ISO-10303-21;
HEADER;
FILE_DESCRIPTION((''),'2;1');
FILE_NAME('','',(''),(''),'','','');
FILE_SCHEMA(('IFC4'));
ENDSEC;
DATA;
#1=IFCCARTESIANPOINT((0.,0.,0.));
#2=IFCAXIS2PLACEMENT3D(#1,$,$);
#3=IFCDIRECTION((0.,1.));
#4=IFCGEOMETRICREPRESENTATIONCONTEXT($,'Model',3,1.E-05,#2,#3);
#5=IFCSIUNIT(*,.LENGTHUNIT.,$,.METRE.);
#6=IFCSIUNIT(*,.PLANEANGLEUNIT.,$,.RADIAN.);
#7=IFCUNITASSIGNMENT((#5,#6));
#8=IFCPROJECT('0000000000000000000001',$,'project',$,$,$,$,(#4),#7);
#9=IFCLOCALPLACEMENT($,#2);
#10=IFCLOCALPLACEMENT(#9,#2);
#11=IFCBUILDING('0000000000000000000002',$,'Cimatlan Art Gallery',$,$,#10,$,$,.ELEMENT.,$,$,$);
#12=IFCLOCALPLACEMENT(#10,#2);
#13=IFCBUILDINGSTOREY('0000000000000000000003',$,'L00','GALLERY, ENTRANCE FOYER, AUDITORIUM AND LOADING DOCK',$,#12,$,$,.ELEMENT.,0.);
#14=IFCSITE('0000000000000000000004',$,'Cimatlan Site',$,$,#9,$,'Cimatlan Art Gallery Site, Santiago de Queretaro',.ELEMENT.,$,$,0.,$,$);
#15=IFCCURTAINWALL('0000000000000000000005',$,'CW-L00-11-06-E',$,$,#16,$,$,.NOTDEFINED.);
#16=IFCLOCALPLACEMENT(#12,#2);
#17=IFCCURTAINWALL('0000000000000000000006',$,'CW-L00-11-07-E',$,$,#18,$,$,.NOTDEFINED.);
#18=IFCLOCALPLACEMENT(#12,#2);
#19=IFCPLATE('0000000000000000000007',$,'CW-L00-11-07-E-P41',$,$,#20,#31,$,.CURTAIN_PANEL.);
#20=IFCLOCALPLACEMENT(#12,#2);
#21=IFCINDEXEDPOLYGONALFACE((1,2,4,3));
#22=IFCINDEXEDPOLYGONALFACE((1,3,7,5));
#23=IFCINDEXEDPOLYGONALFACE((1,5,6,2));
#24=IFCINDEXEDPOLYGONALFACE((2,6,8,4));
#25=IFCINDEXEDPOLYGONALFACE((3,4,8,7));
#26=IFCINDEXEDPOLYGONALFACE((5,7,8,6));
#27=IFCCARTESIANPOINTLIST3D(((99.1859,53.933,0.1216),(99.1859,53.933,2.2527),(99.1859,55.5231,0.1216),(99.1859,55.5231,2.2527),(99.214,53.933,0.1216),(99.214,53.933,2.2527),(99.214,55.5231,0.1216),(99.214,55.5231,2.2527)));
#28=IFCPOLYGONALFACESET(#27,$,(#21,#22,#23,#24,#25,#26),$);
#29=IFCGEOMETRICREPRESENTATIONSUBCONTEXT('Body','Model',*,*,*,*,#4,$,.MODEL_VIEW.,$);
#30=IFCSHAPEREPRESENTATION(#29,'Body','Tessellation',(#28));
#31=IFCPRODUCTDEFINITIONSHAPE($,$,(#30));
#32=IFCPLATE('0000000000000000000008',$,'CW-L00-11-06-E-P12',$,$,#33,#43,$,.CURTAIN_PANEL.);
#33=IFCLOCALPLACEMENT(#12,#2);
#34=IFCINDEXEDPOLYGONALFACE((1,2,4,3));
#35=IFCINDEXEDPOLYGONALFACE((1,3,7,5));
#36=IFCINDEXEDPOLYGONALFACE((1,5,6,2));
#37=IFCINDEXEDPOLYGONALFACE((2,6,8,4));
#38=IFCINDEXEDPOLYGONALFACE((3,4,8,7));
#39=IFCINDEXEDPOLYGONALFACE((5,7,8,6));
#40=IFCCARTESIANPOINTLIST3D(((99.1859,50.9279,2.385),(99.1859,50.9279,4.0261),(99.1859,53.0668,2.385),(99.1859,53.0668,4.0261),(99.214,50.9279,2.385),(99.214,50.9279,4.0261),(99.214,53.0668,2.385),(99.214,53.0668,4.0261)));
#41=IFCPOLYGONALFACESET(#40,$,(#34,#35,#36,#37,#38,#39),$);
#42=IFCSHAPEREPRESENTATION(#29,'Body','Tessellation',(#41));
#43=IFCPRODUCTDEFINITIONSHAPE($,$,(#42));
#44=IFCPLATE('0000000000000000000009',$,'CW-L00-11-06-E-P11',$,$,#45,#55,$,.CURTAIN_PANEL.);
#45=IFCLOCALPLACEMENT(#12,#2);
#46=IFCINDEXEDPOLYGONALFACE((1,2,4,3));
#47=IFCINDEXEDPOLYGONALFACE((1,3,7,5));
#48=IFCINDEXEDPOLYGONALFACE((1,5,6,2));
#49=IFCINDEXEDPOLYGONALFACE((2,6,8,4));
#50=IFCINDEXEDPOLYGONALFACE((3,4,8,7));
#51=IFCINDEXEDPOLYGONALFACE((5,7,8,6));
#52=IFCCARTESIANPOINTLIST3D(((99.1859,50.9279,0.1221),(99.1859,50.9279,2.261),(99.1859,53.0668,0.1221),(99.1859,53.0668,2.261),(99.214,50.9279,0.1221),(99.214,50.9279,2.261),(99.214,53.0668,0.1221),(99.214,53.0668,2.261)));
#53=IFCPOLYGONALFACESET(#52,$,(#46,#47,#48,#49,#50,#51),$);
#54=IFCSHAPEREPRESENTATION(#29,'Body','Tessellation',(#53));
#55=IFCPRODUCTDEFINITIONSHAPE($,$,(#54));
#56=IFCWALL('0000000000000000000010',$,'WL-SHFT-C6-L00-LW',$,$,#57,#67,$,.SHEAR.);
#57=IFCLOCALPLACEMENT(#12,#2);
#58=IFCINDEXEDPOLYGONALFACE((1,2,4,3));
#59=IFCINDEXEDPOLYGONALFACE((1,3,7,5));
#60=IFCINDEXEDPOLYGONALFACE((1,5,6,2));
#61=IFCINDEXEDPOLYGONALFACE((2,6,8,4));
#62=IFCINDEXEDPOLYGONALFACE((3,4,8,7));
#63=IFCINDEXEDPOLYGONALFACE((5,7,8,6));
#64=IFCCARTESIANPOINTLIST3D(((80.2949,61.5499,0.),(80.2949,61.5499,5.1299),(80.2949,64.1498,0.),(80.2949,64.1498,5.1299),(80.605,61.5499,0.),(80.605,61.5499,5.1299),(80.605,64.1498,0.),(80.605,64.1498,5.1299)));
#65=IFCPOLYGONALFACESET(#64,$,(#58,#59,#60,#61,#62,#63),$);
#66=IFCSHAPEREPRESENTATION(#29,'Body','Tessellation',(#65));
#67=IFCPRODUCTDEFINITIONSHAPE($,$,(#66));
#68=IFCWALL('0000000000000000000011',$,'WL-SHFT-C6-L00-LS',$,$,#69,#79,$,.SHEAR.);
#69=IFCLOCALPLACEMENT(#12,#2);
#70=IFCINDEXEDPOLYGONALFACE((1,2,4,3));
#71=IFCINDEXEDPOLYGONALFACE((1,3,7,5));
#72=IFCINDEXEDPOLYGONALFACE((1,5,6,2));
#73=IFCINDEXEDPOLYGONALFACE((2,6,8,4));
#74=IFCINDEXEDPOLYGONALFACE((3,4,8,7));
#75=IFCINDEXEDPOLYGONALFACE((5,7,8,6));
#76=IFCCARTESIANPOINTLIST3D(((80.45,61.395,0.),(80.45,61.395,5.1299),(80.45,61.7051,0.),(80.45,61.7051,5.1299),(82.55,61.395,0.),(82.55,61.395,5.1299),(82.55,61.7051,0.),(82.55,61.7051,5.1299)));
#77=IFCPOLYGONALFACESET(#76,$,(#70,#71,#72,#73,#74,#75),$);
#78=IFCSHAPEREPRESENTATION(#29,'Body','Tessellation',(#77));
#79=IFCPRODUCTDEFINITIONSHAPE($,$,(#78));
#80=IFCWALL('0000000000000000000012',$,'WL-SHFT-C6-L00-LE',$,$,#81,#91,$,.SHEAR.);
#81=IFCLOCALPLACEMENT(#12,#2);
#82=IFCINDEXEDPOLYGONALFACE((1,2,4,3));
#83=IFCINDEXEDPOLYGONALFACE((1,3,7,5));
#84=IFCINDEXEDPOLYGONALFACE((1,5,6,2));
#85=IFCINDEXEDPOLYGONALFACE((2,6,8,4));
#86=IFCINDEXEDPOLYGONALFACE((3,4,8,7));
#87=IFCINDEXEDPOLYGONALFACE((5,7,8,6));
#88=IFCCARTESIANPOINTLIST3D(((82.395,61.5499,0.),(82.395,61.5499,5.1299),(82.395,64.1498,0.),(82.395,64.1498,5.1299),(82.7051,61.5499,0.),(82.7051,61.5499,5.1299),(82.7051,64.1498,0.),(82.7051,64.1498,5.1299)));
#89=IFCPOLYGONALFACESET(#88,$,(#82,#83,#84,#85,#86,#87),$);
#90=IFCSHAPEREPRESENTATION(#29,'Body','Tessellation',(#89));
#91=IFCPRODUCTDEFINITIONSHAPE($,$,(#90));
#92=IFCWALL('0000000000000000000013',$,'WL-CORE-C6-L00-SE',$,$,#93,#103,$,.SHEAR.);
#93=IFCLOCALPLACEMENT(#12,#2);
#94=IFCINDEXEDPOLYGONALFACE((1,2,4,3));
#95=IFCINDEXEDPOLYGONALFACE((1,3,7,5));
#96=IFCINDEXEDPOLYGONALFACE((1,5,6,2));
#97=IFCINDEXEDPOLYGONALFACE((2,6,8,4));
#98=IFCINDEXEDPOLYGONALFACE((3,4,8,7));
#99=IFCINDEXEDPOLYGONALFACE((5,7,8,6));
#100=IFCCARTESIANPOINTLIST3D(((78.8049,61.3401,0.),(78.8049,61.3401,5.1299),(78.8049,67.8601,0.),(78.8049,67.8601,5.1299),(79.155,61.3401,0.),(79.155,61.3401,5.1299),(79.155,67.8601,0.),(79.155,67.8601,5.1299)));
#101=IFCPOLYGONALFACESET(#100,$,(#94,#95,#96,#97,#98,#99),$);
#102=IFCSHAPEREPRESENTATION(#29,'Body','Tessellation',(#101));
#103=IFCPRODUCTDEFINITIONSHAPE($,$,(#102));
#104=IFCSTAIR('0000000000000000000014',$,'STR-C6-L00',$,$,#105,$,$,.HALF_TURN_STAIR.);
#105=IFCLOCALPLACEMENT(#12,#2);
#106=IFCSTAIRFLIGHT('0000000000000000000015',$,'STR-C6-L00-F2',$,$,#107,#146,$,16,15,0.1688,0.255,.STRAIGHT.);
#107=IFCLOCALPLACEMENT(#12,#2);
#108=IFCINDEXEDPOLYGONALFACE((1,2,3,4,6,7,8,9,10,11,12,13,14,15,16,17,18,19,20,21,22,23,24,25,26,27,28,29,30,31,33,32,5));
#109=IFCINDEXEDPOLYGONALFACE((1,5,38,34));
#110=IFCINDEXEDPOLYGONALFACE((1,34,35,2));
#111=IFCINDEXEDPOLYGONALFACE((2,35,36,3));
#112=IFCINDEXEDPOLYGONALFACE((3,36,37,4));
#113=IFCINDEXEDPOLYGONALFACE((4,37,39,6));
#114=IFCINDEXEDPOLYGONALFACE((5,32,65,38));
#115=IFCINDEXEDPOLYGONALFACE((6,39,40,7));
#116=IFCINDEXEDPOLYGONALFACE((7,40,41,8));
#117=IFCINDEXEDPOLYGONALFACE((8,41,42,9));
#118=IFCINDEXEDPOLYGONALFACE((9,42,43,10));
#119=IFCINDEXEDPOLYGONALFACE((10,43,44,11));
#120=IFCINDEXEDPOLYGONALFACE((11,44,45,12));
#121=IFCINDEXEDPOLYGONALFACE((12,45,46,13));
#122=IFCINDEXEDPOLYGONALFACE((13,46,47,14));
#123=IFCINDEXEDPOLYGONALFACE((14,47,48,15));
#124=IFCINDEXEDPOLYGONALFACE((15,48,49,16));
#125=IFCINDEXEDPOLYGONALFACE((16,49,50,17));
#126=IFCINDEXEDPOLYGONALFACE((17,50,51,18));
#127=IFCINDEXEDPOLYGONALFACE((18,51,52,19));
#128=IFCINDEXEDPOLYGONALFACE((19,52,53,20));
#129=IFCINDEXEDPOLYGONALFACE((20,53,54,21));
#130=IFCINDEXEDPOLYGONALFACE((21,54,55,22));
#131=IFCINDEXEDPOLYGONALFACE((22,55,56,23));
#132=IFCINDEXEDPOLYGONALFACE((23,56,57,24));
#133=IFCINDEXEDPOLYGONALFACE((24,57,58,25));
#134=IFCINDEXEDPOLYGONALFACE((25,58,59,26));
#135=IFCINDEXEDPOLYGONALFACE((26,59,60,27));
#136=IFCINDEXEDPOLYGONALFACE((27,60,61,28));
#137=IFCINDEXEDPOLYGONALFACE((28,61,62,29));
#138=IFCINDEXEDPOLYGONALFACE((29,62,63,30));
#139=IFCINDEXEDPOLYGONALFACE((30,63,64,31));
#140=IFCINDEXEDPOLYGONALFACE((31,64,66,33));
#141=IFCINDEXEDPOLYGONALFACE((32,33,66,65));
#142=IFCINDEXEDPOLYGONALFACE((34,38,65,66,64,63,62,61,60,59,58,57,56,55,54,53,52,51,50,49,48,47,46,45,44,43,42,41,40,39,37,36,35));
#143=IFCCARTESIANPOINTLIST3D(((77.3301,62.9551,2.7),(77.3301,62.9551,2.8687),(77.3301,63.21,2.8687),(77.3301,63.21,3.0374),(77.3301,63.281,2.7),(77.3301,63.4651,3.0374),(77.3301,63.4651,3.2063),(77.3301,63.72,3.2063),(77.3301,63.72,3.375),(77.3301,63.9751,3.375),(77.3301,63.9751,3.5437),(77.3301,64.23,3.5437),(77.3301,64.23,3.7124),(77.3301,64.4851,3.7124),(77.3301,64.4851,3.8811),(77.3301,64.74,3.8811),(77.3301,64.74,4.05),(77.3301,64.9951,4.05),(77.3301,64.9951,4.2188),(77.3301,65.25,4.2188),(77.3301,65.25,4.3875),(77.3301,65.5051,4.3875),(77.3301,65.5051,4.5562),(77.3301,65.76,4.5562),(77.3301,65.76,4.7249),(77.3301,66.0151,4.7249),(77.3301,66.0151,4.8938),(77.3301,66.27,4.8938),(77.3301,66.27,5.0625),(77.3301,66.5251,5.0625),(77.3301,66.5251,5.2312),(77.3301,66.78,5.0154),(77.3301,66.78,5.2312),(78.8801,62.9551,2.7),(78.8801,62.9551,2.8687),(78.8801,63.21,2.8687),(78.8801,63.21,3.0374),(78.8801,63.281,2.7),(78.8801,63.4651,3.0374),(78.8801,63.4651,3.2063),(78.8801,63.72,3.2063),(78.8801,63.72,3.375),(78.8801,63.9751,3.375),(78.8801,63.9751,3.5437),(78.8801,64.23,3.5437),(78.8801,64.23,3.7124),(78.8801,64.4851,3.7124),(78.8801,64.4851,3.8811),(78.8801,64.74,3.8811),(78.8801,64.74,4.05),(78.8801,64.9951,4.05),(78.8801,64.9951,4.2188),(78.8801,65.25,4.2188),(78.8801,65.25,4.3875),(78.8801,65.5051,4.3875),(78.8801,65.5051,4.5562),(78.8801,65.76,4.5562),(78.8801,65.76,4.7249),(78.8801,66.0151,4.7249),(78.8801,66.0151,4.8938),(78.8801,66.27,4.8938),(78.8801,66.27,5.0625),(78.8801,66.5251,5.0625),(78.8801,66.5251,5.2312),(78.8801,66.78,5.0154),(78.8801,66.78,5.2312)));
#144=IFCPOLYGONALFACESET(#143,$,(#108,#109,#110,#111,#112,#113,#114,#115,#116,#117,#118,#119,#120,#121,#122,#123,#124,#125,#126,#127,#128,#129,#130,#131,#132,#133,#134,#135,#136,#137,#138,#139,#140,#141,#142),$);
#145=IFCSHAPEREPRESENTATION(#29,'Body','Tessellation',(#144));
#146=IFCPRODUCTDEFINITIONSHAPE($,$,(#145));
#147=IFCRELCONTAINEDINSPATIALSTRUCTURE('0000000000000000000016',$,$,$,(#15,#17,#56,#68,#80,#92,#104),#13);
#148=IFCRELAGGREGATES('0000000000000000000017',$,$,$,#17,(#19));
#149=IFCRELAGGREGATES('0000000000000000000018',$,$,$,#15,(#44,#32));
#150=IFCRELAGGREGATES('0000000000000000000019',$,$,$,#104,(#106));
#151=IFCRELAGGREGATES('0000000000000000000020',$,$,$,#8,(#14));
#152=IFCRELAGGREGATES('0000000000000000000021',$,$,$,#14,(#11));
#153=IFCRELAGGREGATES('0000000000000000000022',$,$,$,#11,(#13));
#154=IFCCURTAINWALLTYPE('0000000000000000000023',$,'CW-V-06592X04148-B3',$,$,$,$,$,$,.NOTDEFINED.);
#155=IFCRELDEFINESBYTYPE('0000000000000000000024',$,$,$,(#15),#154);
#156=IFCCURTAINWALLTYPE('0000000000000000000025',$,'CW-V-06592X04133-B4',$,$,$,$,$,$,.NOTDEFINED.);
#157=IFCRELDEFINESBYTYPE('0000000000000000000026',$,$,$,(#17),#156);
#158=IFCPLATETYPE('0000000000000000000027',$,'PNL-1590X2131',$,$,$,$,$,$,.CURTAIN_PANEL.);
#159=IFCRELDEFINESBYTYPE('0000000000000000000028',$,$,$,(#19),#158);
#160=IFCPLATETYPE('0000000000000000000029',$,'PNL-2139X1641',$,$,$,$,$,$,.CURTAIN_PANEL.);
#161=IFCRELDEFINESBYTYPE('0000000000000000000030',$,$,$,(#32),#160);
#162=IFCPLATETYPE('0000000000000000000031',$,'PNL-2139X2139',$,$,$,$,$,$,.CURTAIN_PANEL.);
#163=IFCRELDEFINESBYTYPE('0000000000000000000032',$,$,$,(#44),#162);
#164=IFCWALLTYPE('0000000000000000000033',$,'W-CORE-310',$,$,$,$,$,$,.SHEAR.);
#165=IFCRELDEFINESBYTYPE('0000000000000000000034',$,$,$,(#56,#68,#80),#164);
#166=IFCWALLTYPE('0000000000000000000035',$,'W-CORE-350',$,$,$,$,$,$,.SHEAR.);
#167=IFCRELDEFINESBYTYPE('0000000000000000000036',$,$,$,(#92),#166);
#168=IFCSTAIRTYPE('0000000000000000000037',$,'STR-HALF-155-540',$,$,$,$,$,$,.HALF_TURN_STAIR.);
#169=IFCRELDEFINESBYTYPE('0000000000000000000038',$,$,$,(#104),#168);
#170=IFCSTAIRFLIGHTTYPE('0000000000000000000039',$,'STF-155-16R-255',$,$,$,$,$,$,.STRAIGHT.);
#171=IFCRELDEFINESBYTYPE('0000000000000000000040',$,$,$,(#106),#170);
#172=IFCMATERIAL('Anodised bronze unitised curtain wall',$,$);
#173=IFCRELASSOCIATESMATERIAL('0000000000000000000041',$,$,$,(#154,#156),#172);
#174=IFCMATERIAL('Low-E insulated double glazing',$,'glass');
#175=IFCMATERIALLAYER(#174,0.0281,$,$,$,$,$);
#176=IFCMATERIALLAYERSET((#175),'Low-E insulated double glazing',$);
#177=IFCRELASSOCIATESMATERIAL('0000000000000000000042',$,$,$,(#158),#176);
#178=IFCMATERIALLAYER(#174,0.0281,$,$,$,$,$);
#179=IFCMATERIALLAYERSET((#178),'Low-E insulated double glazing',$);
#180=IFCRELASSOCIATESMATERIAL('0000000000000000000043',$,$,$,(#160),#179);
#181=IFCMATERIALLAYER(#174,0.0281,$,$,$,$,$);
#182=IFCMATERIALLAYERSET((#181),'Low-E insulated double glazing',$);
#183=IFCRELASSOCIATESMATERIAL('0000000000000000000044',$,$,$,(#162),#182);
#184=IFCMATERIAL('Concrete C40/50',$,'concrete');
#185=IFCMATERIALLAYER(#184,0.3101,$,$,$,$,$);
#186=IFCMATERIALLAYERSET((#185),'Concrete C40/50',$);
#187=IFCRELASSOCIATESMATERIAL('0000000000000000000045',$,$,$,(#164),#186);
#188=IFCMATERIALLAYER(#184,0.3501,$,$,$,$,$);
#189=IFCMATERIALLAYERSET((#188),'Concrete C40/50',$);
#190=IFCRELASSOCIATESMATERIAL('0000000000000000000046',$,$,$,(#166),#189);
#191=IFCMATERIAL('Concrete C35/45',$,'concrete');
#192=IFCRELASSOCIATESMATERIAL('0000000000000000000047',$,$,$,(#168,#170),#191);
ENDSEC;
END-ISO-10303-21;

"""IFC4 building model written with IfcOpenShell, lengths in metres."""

from ifc_helpers import new_model, si_unit, direction, frame, frame_2d, origin, origin_2d, place, context, subcontext, project, spatial, polyline, rectangle, outline, extrude, material, layer, layer_set, type_object, element, aggregate, save


model = new_model("IFC4")

# Units and contexts
model_context = context("Model", 3, precision=1e-05, world=origin(), true_north=direction((0.0, 1.0)))
body_context = subcontext(model_context, "Body", "Model", "MODEL_VIEW")
ifc_project = project(units=[si_unit("LENGTHUNIT", "METRE"), si_unit("PLANEANGLEUNIT", "RADIAN")], contexts=[model_context])

# Site, building, storey
site_placement = place(None, origin())
site = spatial("IfcSite", under=ifc_project, at=site_placement, Name="Cimatlan Site", LongName="Cimatlan Art Gallery Site, Santiago de Queretaro", CompositionType="ELEMENT", RefElevation=0.0)
building_placement = place(site_placement, origin())
building = spatial("IfcBuilding", under=site, at=building_placement, Name="Cimatlan Art Gallery", CompositionType="ELEMENT")
storey_placement = place(building_placement, origin())
storey = spatial("IfcBuildingStorey", under=building, at=storey_placement, Name="L00", Description="GALLERY, ENTRANCE FOYER, AUDITORIUM AND LOADING DOCK", CompositionType="ELEMENT", Elevation=0.0)

# Shared definitions
ifc_material_1 = material(Name="Concrete C40/50", Category="concrete")

# Curtain walls
ifc_material_2 = material(Name="Anodised bronze unitised curtain wall")
curtain_wall_type_1 = type_object("IfcCurtainWallType", Name="CW-V-06592X04148-B3", PredefinedType="NOTDEFINED", material=ifc_material_2)
curtain_wall_1_placement = place(storey_placement, origin())
curtain_wall_1 = element("IfcCurtainWall", 1, at=curtain_wall_1_placement, inside=storey, type_object=curtain_wall_type_1, Name="CW-L00-11-06-E", PredefinedType="NOTDEFINED")
curtain_wall_type_2 = type_object("IfcCurtainWallType", Name="CW-V-06592X04133-B4", PredefinedType="NOTDEFINED", material=ifc_material_2)
curtain_wall_2_placement = place(storey_placement, origin())
curtain_wall_2 = element("IfcCurtainWall", 2, at=curtain_wall_2_placement, inside=storey, type_object=curtain_wall_type_2, Name="CW-L00-11-07-E", PredefinedType="NOTDEFINED")

# Plates
ifc_material_3 = material(Name="Low-E insulated double glazing", Category="glass")
ifc_layer_1 = layer(ifc_material_3, 0.0281)
ifc_layer_set_1 = layer_set([ifc_layer_1], Name="Low-E insulated double glazing")
plate_type_1 = type_object("IfcPlateType", Name="PNL-1590X2131", PredefinedType="CURTAIN_PANEL", material=ifc_layer_set_1)
plate_1_placement = place(storey_placement, frame((99.2, 54.728, 0.1216), z_axis=(0.0, 0.0, 1.0), x_axis=(0.0, -1.0, 0.0)))
plate_1 = element("IfcPlate", 3, at=plate_1_placement, type_object=plate_type_1, Name="CW-L00-11-07-E-P41", PredefinedType="CURTAIN_PANEL", context=body_context, shape_type="SweptSolid", body=[
    extrude(rectangle(XDim=1.5901, YDim=0.0281, at=origin_2d()), origin(), (0.0, 0.0, 1.0), 2.1311),
])
aggregate(curtain_wall_2, [plate_1])
ifc_layer_2 = layer(ifc_material_3, 0.0281)
ifc_layer_set_2 = layer_set([ifc_layer_2], Name="Low-E insulated double glazing")
plate_type_2 = type_object("IfcPlateType", Name="PNL-2139X1641", PredefinedType="CURTAIN_PANEL", material=ifc_layer_set_2)
plate_2_placement = place(storey_placement, frame((99.2, 51.9973, 2.385), z_axis=(0.0, 0.0, 1.0), x_axis=(0.0, -1.0, 0.0)))
plate_2 = element("IfcPlate", 4, at=plate_2_placement, type_object=plate_type_2, Name="CW-L00-11-06-E-P12", PredefinedType="CURTAIN_PANEL", context=body_context, shape_type="SweptSolid", body=[
    extrude(rectangle(XDim=2.1389, YDim=0.0281, at=origin_2d()), origin(), (0.0, 0.0, 1.0), 1.6411),
])
ifc_layer_3 = layer(ifc_material_3, 0.0281)
ifc_layer_set_3 = layer_set([ifc_layer_3], Name="Low-E insulated double glazing")
plate_type_3 = type_object("IfcPlateType", Name="PNL-2139X2139", PredefinedType="CURTAIN_PANEL", material=ifc_layer_set_3)
plate_3_placement = place(storey_placement, frame((99.2, 51.9973, 0.1221), z_axis=(0.0, 0.0, 1.0), x_axis=(0.0, -1.0, 0.0)))
plate_3 = element("IfcPlate", 5, at=plate_3_placement, type_object=plate_type_3, Name="CW-L00-11-06-E-P11", PredefinedType="CURTAIN_PANEL", context=body_context, shape_type="SweptSolid", body=[
    extrude(rectangle(XDim=2.1389, YDim=0.0281, at=origin_2d()), origin(), (0.0, 0.0, 1.0), 2.1389),
])
aggregate(curtain_wall_1, [plate_3, plate_2])

# Walls
ifc_layer_4 = layer(ifc_material_1, 0.3101)
ifc_layer_set_4 = layer_set([ifc_layer_4], Name="Concrete C40/50")
wall_type_1 = type_object("IfcWallType", Name="W-CORE-310", PredefinedType="SHEAR", material=ifc_layer_set_4)
wall_1_placement = place(storey_placement, frame((80.45, 61.55, 0.0), z_axis=(0.0, 0.0, 1.0), x_axis=(0.0, 1.0, 0.0)))
element("IfcWall", 6, at=wall_1_placement, inside=storey, type_object=wall_type_1, Name="WL-SHFT-C6-L00-LW", PredefinedType="SHEAR", context=body_context, shape_type="SweptSolid", body=[
    extrude(rectangle(XDim=2.5999, YDim=0.3101, at=frame_2d((1.2998, 0.0))), origin(), (0.0, 0.0, 1.0), 5.1299),
])
wall_2_placement = place(storey_placement, frame((80.45, 61.55, 0.0), z_axis=(0.0, 0.0, 1.0), x_axis=(1.0, 0.0, 0.0)))
element("IfcWall", 7, at=wall_2_placement, inside=storey, type_object=wall_type_1, Name="WL-SHFT-C6-L00-LS", PredefinedType="SHEAR", context=body_context, shape_type="SweptSolid", body=[
    extrude(rectangle(XDim=2.1001, YDim=0.3101, at=frame_2d((1.05, 0.0))), origin(), (0.0, 0.0, 1.0), 5.1299),
])
wall_3_placement = place(storey_placement, frame((82.55, 61.55, 0.0), z_axis=(0.0, 0.0, 1.0), x_axis=(0.0, 1.0, 0.0)))
element("IfcWall", 8, at=wall_3_placement, inside=storey, type_object=wall_type_1, Name="WL-SHFT-C6-L00-LE", PredefinedType="SHEAR", context=body_context, shape_type="SweptSolid", body=[
    extrude(rectangle(XDim=2.5999, YDim=0.3101, at=frame_2d((1.2998, 0.0))), origin(), (0.0, 0.0, 1.0), 5.1299),
])

# Wall
ifc_layer_5 = layer(ifc_material_1, 0.3501)
ifc_layer_set_5 = layer_set([ifc_layer_5], Name="Concrete C40/50")
wall_type_2 = type_object("IfcWallType", Name="W-CORE-350", PredefinedType="SHEAR", material=ifc_layer_set_5)
wall_4_placement = place(storey_placement, frame((78.98, 61.3401, 0.0), z_axis=(0.0, 0.0, 1.0), x_axis=(0.0, 1.0, 0.0)))
element("IfcWall", 9, at=wall_4_placement, inside=storey, type_object=wall_type_2, Name="WL-CORE-C6-L00-SE", PredefinedType="SHEAR", context=body_context, shape_type="SweptSolid", body=[
    extrude(rectangle(XDim=6.52, YDim=0.3501, at=frame_2d((3.26, 0.0))), origin(), (0.0, 0.0, 1.0), 5.1299),
])

# Stair, stair flight
ifc_material_4 = material(Name="Concrete C35/45", Category="concrete")
stair_type = type_object("IfcStairType", Name="STR-HALF-155-540", PredefinedType="HALF_TURN_STAIR", material=ifc_material_4)
stair_placement = place(storey_placement, origin())
stair = element("IfcStair", 10, at=stair_placement, inside=storey, type_object=stair_type, Name="STR-C6-L00", PredefinedType="HALF_TURN_STAIR")
stair_flight_type = type_object("IfcStairFlightType", Name="STF-155-16R-255", PredefinedType="STRAIGHT", material=ifc_material_4)
stair_flight_placement = place(storey_placement, frame((78.105, 62.9551, 2.7), z_axis=(0.0, 0.0, 1.0), x_axis=(0.0, 1.0, 0.0)))
stair_flight = element("IfcStairFlight", 11, at=stair_flight_placement, type_object=stair_flight_type, Name="STR-C6-L00-F2", NumberOfRisers=16, NumberOfTreads=15, PredefinedType="STRAIGHT", RiserHeight=0.1688, TreadLength=0.255, context=body_context, shape_type="SweptSolid", body=[
    extrude(outline(polyline([(0.0, 0.0), (0.0, 0.1687), (0.2549, 0.1687), (0.2549, 0.3374), (0.51, 0.3374), (0.51, 0.5063), (0.7649, 0.5063), (0.7649, 0.675), (1.02, 0.675), (1.02, 0.8438), (1.2749, 0.8438), (1.2749, 1.0125), (1.53, 1.0125), (1.53, 1.1812), (1.7849, 1.1812), (1.7849, 1.3501), (2.04, 1.3501), (2.04, 1.5188), (2.2949, 1.5188), (2.2949, 1.6875), (2.55, 1.6875), (2.55, 1.8562), (2.8049, 1.8562), (2.8049, 2.0249), (3.0601, 2.0249), (3.0601, 2.1938), (3.3149, 2.1938), (3.3149, 2.3625), (3.5701, 2.3625), (3.5701, 2.5312), (3.825, 2.5312), (3.825, 2.7), (3.825, 2.3154), (0.3259, 0.0), (0.0, 0.0)])), frame((0.0, 0.7749, 0.0), z_axis=(0.0, -1.0, 0.0), x_axis=(1.0, 0.0, 0.0)), (0.0, 0.0, 1.0), 1.55),
])
aggregate(stair, [stair_flight])

save(model, "model.ifc")
